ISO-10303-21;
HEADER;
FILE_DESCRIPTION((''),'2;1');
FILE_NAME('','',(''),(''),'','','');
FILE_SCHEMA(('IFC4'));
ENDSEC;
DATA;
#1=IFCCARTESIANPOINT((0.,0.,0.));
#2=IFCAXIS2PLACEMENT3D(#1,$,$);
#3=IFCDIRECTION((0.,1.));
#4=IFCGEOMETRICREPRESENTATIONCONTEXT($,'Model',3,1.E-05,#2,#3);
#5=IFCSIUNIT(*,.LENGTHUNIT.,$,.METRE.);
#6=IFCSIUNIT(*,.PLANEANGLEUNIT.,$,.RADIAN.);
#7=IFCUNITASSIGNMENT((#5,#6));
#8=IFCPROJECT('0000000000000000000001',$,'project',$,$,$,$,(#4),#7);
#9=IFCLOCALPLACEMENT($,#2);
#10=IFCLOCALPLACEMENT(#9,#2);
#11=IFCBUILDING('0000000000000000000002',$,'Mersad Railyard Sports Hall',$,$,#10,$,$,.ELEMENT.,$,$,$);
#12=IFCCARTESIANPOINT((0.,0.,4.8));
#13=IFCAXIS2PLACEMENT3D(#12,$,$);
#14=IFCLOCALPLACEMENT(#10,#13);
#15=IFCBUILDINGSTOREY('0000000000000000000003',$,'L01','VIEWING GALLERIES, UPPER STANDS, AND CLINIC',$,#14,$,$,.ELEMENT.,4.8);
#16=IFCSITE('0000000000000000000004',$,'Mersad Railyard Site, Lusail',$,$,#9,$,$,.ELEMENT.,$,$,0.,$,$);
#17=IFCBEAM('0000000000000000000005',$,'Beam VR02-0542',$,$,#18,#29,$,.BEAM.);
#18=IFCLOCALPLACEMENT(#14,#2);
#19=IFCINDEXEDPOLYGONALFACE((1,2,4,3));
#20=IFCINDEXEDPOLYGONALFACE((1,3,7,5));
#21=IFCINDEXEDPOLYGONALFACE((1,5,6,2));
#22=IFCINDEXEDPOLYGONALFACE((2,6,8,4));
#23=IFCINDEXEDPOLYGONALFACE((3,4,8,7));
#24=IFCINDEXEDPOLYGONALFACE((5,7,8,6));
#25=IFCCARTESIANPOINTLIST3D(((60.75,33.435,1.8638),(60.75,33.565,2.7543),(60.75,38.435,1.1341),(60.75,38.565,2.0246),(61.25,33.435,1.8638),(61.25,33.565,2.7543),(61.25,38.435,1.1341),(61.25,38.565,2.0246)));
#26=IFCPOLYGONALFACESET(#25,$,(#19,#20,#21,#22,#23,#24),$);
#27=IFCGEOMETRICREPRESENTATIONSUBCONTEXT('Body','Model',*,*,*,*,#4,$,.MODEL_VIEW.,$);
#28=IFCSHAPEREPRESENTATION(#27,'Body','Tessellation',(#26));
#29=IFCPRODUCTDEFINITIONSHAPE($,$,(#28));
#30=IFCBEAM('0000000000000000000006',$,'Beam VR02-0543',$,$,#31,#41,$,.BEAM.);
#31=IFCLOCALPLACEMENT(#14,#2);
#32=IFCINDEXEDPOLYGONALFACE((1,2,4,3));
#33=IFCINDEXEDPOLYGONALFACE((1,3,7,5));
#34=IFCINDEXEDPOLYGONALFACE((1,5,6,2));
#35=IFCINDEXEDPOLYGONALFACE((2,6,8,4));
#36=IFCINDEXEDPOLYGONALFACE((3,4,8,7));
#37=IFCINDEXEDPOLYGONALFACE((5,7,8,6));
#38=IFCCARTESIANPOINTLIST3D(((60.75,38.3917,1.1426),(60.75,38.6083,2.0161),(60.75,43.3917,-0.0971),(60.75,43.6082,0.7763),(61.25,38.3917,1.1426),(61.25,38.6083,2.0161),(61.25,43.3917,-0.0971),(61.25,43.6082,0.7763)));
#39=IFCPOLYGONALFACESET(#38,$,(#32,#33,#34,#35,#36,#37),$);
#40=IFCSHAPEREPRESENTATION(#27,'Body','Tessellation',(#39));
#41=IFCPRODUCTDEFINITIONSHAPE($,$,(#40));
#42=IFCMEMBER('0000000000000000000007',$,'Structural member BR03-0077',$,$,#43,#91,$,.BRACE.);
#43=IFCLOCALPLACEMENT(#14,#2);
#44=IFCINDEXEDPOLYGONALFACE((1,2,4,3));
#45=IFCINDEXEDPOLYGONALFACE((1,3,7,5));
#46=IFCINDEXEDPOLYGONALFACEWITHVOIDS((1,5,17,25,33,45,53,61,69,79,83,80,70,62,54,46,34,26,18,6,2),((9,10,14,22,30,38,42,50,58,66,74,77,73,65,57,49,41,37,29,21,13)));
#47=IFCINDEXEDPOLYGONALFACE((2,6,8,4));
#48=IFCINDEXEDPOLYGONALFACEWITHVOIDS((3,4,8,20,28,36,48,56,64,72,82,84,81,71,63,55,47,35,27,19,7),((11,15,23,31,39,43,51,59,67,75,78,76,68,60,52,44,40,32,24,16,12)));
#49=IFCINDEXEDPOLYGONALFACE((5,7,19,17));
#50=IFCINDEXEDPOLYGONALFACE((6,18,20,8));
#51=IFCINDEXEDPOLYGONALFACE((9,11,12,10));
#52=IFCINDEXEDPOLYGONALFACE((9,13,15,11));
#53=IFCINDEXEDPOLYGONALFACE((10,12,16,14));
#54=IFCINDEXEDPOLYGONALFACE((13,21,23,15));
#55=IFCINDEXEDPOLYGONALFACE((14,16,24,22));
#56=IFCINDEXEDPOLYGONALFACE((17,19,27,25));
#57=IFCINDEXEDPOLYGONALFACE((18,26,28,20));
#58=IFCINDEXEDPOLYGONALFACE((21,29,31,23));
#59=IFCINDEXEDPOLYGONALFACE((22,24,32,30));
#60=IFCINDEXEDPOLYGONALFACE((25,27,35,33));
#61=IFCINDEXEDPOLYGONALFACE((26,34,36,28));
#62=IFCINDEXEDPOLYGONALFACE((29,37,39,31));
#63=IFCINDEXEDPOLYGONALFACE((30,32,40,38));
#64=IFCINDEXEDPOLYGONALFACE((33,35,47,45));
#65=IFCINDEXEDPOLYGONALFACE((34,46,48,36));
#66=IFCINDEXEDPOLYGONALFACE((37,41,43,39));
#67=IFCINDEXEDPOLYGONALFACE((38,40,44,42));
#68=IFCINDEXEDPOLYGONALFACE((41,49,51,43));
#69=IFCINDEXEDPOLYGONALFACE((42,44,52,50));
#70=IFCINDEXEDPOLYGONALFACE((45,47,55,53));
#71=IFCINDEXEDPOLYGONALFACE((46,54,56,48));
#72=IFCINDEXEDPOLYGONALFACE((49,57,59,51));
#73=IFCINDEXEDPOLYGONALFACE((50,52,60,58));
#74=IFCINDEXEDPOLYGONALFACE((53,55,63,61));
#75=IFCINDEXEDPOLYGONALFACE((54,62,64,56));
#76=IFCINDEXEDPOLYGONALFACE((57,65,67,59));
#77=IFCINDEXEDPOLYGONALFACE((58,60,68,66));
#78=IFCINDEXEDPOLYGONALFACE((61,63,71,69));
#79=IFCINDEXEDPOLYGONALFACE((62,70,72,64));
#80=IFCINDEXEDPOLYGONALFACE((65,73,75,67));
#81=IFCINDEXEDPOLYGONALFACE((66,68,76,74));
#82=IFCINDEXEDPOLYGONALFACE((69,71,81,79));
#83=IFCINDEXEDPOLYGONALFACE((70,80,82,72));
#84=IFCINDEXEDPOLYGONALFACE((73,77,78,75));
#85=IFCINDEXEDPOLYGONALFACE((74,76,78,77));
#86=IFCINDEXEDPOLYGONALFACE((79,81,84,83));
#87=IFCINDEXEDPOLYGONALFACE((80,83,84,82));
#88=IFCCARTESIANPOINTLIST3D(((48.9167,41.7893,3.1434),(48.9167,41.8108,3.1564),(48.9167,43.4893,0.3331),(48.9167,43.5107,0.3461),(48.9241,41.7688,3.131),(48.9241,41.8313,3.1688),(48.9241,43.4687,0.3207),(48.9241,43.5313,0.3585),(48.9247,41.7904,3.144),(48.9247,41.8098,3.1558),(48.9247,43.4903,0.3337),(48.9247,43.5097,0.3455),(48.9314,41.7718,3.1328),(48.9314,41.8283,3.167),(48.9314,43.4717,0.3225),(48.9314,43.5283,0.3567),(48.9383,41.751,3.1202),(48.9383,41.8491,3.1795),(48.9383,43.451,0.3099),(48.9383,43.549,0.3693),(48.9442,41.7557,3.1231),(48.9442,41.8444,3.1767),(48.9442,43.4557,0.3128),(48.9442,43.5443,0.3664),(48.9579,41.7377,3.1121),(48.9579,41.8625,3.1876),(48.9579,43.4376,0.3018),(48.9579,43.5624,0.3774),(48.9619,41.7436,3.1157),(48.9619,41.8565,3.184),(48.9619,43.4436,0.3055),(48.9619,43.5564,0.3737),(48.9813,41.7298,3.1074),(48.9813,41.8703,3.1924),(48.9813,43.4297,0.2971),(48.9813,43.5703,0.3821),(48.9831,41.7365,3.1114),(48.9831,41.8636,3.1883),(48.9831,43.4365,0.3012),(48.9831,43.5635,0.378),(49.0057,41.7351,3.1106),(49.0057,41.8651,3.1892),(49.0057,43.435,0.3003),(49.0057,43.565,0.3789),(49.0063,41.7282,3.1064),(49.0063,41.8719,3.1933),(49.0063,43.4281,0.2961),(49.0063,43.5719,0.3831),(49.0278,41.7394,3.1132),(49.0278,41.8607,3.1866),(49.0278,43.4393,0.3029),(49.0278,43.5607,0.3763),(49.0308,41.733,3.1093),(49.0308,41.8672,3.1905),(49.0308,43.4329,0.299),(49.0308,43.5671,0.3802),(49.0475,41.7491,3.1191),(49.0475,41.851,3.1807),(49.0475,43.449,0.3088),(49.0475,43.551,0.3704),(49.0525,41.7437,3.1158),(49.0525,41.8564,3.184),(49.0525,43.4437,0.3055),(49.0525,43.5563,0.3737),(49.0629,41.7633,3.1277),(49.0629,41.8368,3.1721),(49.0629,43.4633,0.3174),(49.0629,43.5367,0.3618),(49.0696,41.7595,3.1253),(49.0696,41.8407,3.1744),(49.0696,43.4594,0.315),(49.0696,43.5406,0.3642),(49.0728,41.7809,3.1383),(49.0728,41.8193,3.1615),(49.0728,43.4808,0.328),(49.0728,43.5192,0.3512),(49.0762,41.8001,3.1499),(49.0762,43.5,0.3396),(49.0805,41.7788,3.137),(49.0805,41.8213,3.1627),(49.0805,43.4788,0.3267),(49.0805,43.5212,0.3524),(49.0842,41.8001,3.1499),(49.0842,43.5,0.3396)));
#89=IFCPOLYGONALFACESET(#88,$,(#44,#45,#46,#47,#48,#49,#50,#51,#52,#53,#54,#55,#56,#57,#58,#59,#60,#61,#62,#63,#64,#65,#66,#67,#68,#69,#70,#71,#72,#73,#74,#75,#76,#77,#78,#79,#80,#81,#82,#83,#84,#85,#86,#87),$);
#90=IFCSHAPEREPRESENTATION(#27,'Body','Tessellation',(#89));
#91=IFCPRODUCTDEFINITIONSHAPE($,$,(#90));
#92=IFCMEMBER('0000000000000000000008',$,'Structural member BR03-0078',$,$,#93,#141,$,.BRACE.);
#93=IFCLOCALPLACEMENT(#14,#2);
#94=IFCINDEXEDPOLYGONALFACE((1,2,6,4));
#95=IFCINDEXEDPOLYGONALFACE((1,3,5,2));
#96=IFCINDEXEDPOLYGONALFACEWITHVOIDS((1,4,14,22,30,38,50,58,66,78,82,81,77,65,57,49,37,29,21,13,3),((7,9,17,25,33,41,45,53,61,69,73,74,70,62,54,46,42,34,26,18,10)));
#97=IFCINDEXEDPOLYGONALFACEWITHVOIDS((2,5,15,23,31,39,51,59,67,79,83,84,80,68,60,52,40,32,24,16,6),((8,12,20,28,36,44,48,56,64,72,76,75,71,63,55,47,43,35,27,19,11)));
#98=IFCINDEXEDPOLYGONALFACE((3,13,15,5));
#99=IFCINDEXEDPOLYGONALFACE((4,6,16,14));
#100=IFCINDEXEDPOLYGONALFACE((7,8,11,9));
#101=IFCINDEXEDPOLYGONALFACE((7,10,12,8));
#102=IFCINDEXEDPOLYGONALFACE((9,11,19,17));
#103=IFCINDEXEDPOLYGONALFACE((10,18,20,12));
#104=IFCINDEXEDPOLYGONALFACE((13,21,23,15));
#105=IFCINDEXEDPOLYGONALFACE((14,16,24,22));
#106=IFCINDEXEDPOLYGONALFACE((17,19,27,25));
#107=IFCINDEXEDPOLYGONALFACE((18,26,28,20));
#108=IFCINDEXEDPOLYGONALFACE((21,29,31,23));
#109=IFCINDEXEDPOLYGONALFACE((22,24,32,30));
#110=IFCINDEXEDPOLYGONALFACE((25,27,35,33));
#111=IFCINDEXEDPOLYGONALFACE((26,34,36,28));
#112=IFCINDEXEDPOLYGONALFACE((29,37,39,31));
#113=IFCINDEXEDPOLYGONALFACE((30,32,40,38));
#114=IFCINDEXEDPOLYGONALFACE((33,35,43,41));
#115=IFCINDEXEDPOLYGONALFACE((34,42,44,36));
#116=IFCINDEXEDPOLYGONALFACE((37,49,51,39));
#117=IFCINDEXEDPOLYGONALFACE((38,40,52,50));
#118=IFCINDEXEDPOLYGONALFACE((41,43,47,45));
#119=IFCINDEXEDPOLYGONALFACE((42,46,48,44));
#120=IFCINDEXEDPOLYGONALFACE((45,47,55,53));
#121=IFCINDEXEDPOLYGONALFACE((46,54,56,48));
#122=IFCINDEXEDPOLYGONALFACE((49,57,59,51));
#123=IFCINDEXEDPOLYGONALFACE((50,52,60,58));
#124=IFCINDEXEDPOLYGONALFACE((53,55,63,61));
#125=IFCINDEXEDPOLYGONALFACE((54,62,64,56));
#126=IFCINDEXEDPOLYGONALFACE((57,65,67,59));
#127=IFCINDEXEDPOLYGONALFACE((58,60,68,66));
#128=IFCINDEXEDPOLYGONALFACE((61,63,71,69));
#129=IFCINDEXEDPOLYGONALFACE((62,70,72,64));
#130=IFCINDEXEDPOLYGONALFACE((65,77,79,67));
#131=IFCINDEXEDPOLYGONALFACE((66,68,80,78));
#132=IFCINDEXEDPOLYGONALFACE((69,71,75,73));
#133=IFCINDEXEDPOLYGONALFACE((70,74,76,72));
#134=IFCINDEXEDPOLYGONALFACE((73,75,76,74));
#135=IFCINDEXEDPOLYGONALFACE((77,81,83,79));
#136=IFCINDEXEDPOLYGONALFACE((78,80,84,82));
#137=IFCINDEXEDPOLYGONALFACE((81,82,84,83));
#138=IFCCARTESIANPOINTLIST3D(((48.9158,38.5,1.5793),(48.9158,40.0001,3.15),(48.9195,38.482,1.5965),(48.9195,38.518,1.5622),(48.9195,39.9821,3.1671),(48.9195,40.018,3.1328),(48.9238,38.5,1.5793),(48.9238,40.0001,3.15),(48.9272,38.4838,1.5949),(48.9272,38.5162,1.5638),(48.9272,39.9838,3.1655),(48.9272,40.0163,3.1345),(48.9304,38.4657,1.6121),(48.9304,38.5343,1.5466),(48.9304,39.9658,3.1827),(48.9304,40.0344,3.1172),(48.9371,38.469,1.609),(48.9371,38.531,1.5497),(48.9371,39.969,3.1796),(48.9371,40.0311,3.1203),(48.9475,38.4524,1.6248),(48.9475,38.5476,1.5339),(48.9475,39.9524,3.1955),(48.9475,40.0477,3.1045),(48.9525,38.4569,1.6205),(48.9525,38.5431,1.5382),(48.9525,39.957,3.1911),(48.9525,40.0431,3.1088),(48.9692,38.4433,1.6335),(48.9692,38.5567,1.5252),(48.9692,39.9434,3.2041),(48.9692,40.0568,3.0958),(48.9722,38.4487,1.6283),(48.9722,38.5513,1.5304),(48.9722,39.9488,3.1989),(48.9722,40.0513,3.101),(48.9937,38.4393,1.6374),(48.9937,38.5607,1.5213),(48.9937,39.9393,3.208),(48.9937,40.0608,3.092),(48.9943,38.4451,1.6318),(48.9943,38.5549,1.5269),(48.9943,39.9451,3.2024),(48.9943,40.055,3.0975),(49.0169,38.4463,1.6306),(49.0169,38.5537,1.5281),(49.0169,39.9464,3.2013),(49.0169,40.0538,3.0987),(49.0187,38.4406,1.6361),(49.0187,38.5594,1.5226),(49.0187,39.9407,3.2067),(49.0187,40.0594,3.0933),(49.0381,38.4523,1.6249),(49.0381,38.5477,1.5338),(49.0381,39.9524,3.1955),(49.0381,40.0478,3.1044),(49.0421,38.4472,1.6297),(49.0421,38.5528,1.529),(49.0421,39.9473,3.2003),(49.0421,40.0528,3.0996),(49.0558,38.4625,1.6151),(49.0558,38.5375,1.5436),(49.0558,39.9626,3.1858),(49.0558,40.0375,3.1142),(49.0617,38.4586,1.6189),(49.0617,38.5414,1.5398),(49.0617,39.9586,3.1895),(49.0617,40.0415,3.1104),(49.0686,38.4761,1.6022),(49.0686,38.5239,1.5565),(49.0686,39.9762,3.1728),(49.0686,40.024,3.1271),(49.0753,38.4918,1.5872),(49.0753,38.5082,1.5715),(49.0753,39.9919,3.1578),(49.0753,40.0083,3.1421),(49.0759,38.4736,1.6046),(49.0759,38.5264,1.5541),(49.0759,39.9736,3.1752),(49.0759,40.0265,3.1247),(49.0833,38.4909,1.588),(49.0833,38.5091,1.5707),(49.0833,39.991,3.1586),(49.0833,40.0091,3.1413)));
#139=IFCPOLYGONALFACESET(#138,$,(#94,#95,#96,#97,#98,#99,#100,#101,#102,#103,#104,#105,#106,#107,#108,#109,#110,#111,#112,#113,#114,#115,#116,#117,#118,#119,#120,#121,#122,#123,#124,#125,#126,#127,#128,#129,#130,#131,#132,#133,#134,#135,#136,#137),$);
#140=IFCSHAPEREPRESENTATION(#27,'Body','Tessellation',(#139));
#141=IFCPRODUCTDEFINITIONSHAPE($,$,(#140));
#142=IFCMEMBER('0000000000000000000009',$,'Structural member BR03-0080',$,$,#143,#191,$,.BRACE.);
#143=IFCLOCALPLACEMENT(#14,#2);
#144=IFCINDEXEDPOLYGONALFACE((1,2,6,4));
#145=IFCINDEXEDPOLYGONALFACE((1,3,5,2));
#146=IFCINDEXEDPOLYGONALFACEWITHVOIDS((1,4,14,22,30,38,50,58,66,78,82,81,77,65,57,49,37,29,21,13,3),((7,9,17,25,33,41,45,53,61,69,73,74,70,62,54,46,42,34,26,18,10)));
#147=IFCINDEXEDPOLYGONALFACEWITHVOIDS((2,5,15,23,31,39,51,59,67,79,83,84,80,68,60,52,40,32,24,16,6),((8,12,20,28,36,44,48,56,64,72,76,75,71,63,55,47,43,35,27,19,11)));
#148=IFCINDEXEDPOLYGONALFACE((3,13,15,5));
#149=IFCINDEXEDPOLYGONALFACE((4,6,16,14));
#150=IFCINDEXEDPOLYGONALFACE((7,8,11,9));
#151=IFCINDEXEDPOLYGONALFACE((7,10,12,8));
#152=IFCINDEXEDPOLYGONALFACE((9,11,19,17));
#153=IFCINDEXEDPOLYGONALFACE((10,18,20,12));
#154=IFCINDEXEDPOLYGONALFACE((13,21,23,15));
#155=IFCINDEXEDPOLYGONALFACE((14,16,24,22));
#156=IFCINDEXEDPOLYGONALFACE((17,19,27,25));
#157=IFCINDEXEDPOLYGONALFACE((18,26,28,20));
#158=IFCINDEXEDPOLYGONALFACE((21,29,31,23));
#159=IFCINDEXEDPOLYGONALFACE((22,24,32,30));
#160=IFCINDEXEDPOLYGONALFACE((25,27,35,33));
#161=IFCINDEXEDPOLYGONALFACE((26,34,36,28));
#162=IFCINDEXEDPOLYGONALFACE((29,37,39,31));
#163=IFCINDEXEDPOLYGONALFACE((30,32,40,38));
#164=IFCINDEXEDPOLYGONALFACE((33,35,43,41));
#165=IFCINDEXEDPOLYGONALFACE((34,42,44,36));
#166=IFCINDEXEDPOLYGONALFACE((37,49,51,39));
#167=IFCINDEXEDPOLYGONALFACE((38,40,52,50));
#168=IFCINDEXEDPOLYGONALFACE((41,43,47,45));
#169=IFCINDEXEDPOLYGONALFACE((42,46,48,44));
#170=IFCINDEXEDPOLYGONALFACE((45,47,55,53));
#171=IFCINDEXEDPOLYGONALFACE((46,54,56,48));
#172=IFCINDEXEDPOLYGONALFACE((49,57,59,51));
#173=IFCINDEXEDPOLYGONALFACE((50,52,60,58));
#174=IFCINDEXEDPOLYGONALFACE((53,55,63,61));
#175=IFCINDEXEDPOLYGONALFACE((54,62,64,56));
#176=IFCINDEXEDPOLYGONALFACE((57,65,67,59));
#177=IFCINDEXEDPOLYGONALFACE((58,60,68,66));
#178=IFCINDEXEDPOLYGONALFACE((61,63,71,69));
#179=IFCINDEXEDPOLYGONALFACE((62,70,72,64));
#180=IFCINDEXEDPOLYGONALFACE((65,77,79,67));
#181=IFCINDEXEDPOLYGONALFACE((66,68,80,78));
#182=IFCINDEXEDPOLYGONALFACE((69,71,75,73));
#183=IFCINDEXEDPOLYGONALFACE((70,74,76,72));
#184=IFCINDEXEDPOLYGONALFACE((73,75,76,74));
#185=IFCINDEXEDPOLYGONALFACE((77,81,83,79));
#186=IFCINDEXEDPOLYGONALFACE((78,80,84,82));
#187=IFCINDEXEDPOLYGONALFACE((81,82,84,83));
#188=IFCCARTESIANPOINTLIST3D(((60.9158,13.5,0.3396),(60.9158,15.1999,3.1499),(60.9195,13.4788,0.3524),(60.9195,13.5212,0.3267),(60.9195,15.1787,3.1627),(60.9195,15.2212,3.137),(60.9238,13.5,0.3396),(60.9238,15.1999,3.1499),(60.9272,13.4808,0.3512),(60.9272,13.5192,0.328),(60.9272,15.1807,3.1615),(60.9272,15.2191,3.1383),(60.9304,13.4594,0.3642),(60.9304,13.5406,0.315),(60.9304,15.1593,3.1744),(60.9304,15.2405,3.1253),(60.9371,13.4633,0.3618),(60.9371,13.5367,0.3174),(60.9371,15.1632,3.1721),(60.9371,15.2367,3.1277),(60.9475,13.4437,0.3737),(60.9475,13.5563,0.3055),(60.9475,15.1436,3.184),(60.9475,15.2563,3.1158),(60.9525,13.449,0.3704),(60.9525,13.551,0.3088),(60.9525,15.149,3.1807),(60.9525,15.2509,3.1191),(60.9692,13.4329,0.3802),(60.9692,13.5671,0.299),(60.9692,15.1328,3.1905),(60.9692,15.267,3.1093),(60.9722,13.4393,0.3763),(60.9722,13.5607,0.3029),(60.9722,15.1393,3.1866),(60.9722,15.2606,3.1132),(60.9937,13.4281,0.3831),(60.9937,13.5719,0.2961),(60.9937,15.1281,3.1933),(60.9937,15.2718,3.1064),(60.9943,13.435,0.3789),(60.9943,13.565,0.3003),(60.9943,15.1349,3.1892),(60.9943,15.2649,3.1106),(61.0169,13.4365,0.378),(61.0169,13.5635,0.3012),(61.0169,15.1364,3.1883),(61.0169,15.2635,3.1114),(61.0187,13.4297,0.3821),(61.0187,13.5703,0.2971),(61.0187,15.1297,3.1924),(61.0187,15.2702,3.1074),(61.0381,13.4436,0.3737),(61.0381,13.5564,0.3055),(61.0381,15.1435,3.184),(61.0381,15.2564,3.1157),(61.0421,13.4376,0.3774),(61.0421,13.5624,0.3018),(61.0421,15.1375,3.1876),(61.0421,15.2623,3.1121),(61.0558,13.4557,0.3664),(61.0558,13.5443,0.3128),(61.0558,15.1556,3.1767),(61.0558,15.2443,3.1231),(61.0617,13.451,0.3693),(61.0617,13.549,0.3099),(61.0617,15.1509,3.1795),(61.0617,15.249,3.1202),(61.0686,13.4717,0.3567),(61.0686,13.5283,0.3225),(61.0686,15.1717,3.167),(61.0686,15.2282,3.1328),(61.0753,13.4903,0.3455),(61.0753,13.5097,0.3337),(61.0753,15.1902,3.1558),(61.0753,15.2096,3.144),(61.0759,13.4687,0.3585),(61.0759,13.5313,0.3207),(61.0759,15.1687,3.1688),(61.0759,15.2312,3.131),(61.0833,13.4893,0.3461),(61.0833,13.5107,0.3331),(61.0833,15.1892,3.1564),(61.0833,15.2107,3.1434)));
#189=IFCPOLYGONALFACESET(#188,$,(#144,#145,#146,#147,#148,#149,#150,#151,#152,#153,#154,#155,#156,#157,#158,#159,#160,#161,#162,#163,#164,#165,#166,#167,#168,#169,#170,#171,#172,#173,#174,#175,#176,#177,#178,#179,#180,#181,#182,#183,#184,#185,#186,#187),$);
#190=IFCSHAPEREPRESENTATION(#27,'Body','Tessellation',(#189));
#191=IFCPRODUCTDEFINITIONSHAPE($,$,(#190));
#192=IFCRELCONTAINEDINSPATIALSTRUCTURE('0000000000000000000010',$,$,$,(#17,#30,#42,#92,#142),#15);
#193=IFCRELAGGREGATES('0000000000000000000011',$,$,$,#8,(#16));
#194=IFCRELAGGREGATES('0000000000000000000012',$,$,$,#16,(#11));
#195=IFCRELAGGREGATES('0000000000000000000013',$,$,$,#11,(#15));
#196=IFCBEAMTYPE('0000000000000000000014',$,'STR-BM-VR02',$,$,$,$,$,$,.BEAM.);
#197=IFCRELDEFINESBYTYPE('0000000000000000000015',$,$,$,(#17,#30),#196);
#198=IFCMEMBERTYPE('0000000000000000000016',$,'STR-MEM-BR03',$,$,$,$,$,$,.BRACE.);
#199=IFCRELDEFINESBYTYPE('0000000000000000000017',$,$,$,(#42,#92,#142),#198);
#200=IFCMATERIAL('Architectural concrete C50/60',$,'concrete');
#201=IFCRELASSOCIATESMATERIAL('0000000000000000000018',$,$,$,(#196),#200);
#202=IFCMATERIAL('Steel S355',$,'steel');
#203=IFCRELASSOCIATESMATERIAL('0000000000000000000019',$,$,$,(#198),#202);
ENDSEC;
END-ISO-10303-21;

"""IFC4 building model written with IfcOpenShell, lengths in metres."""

from ifc_helpers import new_model, si_unit, direction, frame, origin, origin_2d, place, context, subcontext, project, spatial, rectangle, hollow_circle, extrude, material, material_profile, profile_set, type_object, element, save


model = new_model("IFC4")

# Units and contexts
model_context = context("Model", 3, precision=1e-05, world=origin(), true_north=direction((0.0, 1.0)))
body_context = subcontext(model_context, "Body", "Model", "MODEL_VIEW")
ifc_project = project(units=[si_unit("LENGTHUNIT", "METRE"), si_unit("PLANEANGLEUNIT", "RADIAN")], contexts=[model_context])

# Site, building, storey
site_placement = place(None, origin())
site = spatial("IfcSite", under=ifc_project, at=site_placement, Name="Mersad Railyard Site, Lusail", CompositionType="ELEMENT", RefElevation=0.0)
building_placement = place(site_placement, origin())
building = spatial("IfcBuilding", under=site, at=building_placement, Name="Mersad Railyard Sports Hall", CompositionType="ELEMENT")
storey_placement = place(building_placement, frame((0.0, 0.0, 4.8)))
storey = spatial("IfcBuildingStorey", under=building, at=storey_placement, Name="L01", Description="VIEWING GALLERIES, UPPER STANDS, AND CLINIC", CompositionType="ELEMENT", Elevation=4.8)

# Beams
ifc_material_1 = material(Name="Architectural concrete C50/60", Category="concrete")
ifc_material_profile_1 = material_profile(ifc_material_1, rectangle(XDim=0.5, YDim=0.8999, at=origin_2d()), Name="VR 500x900")
ifc_profile_set_1 = profile_set([ifc_material_profile_1], Name="Architectural concrete C50/60")
beam_type_1 = type_object("IfcBeamType", Name="STR-BM-VR02", PredefinedType="BEAM", material=ifc_profile_set_1)
beam_1_placement = place(storey_placement, frame((61.0, 33.5, 2.3091), z_axis=(0.0, 0.989517, -0.144417), x_axis=(-1.0, 0.0, 0.0)))
element("IfcBeam", 1, at=beam_1_placement, inside=storey, type_object=beam_type_1, Name="Beam VR02-0542", PredefinedType="BEAM", context=body_context, shape_type="SweptSolid", body=[
    extrude(rectangle(XDim=0.5, YDim=0.8999, at=origin_2d()), origin(), (0.0, 0.0, 1.0), 5.053),
])
beam_2_placement = place(storey_placement, frame((61.0, 38.5, 1.5793), z_axis=(0.0, 0.970609, -0.240662), x_axis=(-1.0, 0.0, 0.0)))
element("IfcBeam", 2, at=beam_2_placement, inside=storey, type_object=beam_type_1, Name="Beam VR02-0543", PredefinedType="BEAM", context=body_context, shape_type="SweptSolid", body=[
    extrude(rectangle(XDim=0.5, YDim=0.8999, at=origin_2d()), origin(), (0.0, 0.0, 1.0), 5.1514),
])

# Members
ifc_material_2 = material(Name="Steel S355", Category="steel")
ifc_material_profile_2 = material_profile(ifc_material_2, hollow_circle(Radius=0.0842, WallThickness=0.0081, at=origin_2d()), Name="CHS 168.3x8")
ifc_profile_set_2 = profile_set([ifc_material_profile_2], Name="Steel S355")
member_type_1 = type_object("IfcMemberType", Name="STR-MEM-BR03", PredefinedType="BRACE", material=ifc_profile_set_2)
member_1_placement = place(storey_placement, frame((49.0, 43.5, 0.3396), z_axis=(0.0, -0.517575, 0.855638), x_axis=(1.0, 0.0, 0.0)))
element("IfcMember", 3, at=member_1_placement, inside=storey, type_object=member_type_1, Name="Structural member BR03-0077", PredefinedType="BRACE", context=body_context, shape_type="SweptSolid", body=[
    extrude(hollow_circle(Radius=0.0842, WallThickness=0.0081, at=origin_2d()), origin(), (0.0, 0.0, 1.0), 3.2844),
])
member_2_placement = place(storey_placement, frame((49.0, 38.5, 1.5793), z_axis=(0.0, 0.690676, 0.723164), x_axis=(-1.0, 0.0, 0.0)))
element("IfcMember", 4, at=member_2_placement, inside=storey, type_object=member_type_1, Name="Structural member BR03-0078", PredefinedType="BRACE", context=body_context, shape_type="SweptSolid", body=[
    extrude(hollow_circle(Radius=0.0842, WallThickness=0.0081, at=origin_2d()), origin(), (0.0, 0.0, 1.0), 2.1719),
])
member_3_placement = place(storey_placement, frame((61.0, 13.5, 0.3396), z_axis=(0.0, 0.517575, 0.855638), x_axis=(-1.0, 0.0, 0.0)))
element("IfcMember", 5, at=member_3_placement, inside=storey, type_object=member_type_1, Name="Structural member BR03-0080", PredefinedType="BRACE", context=body_context, shape_type="SweptSolid", body=[
    extrude(hollow_circle(Radius=0.0842, WallThickness=0.0081, at=origin_2d()), origin(), (0.0, 0.0, 1.0), 3.2844),
])

save(model, "model.ifc")
